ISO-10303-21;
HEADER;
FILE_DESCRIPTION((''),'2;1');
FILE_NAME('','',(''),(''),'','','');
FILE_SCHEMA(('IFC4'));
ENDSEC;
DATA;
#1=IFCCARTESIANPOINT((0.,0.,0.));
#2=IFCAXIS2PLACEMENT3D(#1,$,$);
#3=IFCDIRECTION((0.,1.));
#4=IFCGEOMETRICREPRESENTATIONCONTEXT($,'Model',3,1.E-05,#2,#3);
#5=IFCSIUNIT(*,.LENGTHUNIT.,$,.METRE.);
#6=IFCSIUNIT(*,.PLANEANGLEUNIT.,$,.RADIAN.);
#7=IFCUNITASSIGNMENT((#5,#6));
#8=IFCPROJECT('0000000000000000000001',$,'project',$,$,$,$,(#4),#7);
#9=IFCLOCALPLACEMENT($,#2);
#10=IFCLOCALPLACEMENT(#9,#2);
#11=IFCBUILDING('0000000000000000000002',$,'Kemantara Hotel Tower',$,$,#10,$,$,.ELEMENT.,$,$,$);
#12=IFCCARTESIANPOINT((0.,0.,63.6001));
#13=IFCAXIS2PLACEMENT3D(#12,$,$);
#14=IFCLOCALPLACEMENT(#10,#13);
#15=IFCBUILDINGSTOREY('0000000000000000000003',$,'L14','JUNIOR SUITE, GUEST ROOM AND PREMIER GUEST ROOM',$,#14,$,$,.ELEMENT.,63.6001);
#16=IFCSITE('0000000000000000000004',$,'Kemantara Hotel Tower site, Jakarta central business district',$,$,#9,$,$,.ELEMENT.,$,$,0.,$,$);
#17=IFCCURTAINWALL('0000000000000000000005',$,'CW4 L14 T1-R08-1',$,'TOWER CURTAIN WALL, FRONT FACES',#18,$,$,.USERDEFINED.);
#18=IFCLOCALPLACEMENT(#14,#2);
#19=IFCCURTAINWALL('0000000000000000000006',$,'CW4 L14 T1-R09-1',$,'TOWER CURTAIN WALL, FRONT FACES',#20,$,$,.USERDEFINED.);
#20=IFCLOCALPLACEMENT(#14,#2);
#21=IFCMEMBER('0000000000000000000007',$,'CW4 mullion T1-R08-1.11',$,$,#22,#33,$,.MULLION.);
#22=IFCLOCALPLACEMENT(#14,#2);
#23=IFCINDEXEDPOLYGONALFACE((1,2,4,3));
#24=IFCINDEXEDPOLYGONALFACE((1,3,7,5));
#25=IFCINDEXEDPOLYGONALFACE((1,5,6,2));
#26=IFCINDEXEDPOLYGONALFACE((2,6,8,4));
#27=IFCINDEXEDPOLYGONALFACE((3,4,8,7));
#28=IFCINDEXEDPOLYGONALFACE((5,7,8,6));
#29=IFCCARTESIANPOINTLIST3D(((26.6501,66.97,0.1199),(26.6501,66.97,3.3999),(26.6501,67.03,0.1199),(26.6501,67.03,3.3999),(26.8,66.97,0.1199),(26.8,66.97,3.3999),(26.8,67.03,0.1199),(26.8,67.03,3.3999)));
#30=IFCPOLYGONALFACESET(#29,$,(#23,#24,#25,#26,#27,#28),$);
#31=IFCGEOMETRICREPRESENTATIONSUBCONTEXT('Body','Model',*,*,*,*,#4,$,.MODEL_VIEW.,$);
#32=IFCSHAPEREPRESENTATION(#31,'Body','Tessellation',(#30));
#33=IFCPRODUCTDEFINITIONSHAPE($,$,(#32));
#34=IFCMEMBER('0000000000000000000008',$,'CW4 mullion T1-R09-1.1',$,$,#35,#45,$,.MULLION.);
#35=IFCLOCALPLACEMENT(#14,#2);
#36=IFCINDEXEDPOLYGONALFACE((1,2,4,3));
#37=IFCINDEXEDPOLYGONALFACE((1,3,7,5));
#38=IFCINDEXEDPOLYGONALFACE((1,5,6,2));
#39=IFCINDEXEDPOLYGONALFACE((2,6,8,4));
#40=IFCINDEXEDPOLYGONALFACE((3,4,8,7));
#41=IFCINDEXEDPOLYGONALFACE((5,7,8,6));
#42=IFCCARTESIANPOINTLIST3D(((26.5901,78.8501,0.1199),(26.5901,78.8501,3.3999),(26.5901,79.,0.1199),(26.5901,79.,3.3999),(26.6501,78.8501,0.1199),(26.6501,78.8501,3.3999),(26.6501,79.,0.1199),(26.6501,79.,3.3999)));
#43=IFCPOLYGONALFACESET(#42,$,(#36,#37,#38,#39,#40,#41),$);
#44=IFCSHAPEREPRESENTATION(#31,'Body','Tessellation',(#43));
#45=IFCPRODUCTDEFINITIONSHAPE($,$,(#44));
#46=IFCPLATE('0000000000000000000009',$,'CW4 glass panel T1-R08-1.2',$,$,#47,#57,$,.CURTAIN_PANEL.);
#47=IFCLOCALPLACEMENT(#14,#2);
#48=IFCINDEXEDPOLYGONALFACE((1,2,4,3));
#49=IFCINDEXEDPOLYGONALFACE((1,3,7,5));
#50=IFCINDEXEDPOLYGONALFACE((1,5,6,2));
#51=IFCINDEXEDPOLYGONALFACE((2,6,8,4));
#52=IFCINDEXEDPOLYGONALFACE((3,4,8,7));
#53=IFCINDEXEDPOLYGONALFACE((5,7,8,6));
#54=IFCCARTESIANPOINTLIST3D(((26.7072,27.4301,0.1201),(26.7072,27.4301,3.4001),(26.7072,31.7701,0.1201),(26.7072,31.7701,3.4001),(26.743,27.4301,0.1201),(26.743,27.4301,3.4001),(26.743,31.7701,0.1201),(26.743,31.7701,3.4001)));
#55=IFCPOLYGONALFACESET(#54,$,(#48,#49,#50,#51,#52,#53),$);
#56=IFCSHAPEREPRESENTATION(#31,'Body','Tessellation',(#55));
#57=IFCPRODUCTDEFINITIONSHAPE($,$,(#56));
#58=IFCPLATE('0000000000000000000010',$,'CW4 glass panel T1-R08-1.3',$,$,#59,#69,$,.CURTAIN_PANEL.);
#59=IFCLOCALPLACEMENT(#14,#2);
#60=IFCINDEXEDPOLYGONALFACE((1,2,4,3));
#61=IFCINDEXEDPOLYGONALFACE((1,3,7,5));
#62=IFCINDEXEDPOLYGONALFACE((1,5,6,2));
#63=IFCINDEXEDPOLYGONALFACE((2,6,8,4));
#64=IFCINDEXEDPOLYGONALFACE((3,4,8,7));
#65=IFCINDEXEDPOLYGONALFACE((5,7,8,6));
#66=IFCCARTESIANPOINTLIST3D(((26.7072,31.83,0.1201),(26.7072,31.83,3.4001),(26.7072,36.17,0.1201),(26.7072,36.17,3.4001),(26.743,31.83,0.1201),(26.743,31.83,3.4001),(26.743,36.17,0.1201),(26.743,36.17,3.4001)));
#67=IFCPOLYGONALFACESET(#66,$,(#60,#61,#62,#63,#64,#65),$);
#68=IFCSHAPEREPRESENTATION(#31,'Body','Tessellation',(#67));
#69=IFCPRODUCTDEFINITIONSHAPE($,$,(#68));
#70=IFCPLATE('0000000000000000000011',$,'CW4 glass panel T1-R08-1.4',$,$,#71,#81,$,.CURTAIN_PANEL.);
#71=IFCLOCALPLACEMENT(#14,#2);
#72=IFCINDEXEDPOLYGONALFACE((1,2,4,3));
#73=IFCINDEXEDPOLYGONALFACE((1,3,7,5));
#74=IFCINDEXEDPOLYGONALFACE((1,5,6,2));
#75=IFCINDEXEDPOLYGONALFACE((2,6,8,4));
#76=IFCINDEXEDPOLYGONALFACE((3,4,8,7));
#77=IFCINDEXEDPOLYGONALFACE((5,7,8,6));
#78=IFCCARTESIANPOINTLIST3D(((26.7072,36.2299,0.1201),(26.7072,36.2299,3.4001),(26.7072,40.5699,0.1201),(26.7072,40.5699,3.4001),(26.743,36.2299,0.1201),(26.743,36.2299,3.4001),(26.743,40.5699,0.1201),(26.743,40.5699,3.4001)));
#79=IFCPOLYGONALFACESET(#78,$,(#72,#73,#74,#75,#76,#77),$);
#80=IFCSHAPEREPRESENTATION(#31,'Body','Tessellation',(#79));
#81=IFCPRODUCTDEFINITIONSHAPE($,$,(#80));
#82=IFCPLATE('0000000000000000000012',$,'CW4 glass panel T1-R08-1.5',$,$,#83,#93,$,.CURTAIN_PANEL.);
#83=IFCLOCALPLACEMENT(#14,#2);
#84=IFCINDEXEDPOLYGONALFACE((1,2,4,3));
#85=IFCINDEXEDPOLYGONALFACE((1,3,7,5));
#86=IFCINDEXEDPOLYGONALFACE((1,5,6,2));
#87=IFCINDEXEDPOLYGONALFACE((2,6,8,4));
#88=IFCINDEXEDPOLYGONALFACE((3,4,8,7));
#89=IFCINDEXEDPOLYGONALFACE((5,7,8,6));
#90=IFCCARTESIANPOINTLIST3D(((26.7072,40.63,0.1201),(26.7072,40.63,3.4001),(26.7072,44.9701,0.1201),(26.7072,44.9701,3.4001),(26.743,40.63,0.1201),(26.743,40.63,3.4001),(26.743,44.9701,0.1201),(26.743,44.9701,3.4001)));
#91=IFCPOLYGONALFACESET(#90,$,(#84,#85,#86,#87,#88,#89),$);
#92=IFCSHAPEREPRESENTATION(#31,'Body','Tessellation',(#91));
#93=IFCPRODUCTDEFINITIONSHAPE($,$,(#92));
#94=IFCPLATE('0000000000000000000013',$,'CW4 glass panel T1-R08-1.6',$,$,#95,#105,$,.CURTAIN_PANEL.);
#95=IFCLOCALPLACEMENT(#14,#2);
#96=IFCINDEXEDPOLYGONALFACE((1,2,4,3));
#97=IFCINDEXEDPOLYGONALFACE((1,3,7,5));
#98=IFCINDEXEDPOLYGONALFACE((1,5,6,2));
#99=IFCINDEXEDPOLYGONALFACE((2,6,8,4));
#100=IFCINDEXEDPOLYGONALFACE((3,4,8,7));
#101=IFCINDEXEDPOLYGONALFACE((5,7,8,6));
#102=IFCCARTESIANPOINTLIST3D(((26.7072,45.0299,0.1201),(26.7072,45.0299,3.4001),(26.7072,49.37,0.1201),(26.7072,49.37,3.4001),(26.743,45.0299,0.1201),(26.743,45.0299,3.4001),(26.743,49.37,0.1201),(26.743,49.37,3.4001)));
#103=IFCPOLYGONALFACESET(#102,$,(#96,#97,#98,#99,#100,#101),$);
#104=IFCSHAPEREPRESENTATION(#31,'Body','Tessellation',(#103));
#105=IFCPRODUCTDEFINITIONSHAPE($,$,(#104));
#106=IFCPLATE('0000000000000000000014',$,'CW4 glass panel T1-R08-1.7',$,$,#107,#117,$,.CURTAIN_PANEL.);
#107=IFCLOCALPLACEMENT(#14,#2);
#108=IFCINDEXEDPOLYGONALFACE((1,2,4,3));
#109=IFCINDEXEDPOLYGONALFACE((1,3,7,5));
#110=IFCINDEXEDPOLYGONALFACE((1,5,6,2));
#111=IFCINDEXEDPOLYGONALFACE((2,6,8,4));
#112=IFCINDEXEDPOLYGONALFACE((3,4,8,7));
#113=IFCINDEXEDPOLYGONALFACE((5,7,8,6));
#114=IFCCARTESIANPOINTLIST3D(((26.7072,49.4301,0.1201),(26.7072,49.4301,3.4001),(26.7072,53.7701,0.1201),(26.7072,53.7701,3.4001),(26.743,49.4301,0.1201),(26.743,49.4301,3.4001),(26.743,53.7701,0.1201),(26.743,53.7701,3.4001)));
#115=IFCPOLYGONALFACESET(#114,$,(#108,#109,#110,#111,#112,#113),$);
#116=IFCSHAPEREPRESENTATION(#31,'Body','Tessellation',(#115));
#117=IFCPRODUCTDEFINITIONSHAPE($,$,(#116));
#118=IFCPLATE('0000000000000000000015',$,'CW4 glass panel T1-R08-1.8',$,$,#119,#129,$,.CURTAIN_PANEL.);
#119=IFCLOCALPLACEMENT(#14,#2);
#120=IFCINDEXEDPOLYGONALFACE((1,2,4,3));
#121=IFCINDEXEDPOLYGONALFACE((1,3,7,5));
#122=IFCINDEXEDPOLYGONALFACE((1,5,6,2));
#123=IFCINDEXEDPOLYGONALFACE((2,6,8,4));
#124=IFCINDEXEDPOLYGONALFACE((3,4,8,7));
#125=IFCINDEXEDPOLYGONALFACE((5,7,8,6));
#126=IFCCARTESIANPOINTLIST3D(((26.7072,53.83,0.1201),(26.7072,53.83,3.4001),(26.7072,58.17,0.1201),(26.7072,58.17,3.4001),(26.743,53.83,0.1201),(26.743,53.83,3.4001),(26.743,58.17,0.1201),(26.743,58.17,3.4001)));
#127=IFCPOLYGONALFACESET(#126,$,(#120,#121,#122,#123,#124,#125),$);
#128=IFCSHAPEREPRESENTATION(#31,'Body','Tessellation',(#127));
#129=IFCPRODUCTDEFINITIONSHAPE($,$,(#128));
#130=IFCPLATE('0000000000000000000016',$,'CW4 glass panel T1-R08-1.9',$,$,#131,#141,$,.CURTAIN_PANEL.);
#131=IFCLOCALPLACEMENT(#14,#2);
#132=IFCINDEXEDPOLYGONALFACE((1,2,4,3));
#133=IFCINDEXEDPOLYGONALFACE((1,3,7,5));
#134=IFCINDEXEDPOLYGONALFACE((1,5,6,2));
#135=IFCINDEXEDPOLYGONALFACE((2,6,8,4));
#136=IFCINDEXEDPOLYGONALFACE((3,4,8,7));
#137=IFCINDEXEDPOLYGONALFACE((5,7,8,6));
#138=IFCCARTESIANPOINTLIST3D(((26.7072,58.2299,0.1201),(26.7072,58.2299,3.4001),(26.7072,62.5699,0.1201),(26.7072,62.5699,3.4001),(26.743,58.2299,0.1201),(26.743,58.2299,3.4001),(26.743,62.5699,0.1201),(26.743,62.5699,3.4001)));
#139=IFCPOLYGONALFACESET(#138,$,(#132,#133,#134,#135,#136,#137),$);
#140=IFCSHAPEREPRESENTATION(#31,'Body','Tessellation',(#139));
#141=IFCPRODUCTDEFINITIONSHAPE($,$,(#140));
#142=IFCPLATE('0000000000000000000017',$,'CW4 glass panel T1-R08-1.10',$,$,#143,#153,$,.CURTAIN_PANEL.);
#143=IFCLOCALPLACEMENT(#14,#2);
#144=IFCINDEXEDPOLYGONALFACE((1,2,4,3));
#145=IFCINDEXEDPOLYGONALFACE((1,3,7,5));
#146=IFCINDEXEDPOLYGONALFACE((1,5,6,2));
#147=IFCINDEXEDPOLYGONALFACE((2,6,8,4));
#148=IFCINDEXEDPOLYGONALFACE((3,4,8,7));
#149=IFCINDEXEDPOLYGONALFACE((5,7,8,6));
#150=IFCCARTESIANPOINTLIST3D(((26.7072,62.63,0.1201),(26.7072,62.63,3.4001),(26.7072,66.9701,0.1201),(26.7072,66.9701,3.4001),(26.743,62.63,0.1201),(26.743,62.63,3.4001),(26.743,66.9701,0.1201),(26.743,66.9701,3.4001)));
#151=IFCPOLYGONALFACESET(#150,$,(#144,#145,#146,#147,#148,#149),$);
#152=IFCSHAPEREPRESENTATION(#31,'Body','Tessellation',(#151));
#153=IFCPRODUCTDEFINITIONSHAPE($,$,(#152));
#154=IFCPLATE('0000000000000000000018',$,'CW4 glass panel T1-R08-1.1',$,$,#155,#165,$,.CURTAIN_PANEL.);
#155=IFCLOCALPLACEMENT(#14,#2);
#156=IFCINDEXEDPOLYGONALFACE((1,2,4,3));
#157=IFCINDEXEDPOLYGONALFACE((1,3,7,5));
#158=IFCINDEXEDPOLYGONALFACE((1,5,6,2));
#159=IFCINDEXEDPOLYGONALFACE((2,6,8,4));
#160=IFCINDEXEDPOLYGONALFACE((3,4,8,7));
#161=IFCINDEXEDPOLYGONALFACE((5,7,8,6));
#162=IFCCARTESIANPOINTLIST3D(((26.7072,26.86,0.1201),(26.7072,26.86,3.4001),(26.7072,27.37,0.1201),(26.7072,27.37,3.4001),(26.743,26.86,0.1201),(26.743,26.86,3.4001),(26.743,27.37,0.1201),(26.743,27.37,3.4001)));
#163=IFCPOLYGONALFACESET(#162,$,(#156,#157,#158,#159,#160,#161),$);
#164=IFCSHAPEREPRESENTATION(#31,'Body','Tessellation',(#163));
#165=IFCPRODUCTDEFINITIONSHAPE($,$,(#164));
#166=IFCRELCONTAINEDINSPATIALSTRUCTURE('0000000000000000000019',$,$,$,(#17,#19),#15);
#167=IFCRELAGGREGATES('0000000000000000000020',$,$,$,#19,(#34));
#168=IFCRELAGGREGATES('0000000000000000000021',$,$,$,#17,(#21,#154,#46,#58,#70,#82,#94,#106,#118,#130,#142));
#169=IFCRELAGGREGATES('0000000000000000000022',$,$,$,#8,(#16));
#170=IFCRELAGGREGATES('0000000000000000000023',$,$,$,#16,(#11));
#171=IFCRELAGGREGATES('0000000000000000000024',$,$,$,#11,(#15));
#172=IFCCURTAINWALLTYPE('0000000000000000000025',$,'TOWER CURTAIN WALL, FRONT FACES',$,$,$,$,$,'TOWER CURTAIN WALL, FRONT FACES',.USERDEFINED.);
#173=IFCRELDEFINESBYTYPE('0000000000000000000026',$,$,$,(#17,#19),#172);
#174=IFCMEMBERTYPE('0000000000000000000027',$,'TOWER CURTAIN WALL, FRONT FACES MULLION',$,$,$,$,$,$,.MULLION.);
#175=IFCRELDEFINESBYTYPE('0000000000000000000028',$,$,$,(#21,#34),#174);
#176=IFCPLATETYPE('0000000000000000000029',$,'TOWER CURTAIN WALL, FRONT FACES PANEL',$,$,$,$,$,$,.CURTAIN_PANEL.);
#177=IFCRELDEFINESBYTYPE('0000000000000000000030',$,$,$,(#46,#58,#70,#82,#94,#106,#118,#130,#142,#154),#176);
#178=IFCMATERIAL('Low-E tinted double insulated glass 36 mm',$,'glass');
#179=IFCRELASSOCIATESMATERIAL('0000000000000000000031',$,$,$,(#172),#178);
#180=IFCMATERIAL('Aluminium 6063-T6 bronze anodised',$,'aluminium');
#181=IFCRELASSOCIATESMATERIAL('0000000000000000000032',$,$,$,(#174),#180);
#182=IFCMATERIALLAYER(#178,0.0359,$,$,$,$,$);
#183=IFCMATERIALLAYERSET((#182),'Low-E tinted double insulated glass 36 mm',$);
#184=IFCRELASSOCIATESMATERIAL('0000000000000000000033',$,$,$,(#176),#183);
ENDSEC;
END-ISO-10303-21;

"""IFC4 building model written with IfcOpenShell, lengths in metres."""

from ifc_helpers import new_model, si_unit, direction, frame, origin, origin_2d, place, context, subcontext, project, spatial, rectangle, extrude, source, transform, mapped, material, layer, layer_set, material_profile, profile_set, type_object, element, aggregate, save


model = new_model("IFC4")

# Units and contexts
model_context = context("Model", 3, precision=1e-05, world=origin(), true_north=direction((0.0, 1.0)))
body_context = subcontext(model_context, "Body", "Model", "MODEL_VIEW")
ifc_project = project(units=[si_unit("LENGTHUNIT", "METRE"), si_unit("PLANEANGLEUNIT", "RADIAN")], contexts=[model_context])

# Site, building, storey
site_placement = place(None, origin())
site = spatial("IfcSite", under=ifc_project, at=site_placement, Name="Kemantara Hotel Tower site, Jakarta central business district", CompositionType="ELEMENT", RefElevation=0.0)
building_placement = place(site_placement, origin())
building = spatial("IfcBuilding", under=site, at=building_placement, Name="Kemantara Hotel Tower", CompositionType="ELEMENT")
storey_placement = place(building_placement, frame((0.0, 0.0, 63.6001)))
storey = spatial("IfcBuildingStorey", under=building, at=storey_placement, Name="L14", Description="JUNIOR SUITE, GUEST ROOM AND PREMIER GUEST ROOM", CompositionType="ELEMENT", Elevation=63.6001)

# Curtain walls
ifc_material_1 = material(Name="Low-E tinted double insulated glass 36 mm", Category="glass")
curtain_wall_type = type_object("IfcCurtainWallType", Name="TOWER CURTAIN WALL, FRONT FACES", ElementType="TOWER CURTAIN WALL, FRONT FACES", PredefinedType="USERDEFINED", material=ifc_material_1)
curtain_wall_1_placement = place(storey_placement, origin())
curtain_wall_1 = element("IfcCurtainWall", 1, at=curtain_wall_1_placement, inside=storey, type_object=curtain_wall_type, Name="CW4 L14 T1-R08-1", ObjectType="TOWER CURTAIN WALL, FRONT FACES", PredefinedType="USERDEFINED")
ifc_material_2 = material(Name="Aluminium 6063-T6 bronze anodised", Category="aluminium")
curtain_wall_2_placement = place(storey_placement, origin())
curtain_wall_2 = element("IfcCurtainWall", 2, at=curtain_wall_2_placement, inside=storey, type_object=curtain_wall_type, Name="CW4 L14 T1-R09-1", ObjectType="TOWER CURTAIN WALL, FRONT FACES", PredefinedType="USERDEFINED")

# Members
ifc_material_profile_1 = material_profile(ifc_material_2, rectangle(XDim=0.1499, YDim=0.0601, at=origin_2d()), Name="TOWER CURTAIN WALL, FRONT FACES MULLION")
ifc_profile_set_1 = profile_set([ifc_material_profile_1], Name="Aluminium 6063-T6 bronze anodised")
member_type_1 = type_object("IfcMemberType", Name="TOWER CURTAIN WALL, FRONT FACES MULLION", PredefinedType="MULLION", material=ifc_profile_set_1)
shared_shape_1 = source(origin(), body_context, "Body", "SweptSolid", [
    extrude(rectangle(XDim=0.1499, YDim=0.0601, at=origin_2d()), origin(), (0.0, 0.0, 1.0), 3.28),
])
member_1_placement = place(storey_placement, frame((26.7251, 67.0, 0.1199), z_axis=(0.0, 0.0, 1.0), x_axis=(-1.0, 0.0, 0.0)))
member_1 = element("IfcMember", 3, at=member_1_placement, type_object=member_type_1, Name="CW4 mullion T1-R08-1.11", PredefinedType="MULLION", context=body_context, shape_type="MappedRepresentation", body=[
    mapped(shared_shape_1, transform((0.0, 0.0, 0.0))),
])
member_2_placement = place(storey_placement, frame((26.6201, 78.925, 0.1199), z_axis=(0.0, 0.0, 1.0), x_axis=(0.0, -1.0, 0.0)))
member_2 = element("IfcMember", 4, at=member_2_placement, type_object=member_type_1, Name="CW4 mullion T1-R09-1.1", PredefinedType="MULLION", context=body_context, shape_type="MappedRepresentation", body=[
    mapped(shared_shape_1, transform((0.0, 0.0, 0.0))),
])
aggregate(curtain_wall_2, [member_2])

# Plates
ifc_layer = layer(ifc_material_1, 0.0359)
ifc_layer_set = layer_set([ifc_layer], Name="Low-E tinted double insulated glass 36 mm")
plate_type = type_object("IfcPlateType", Name="TOWER CURTAIN WALL, FRONT FACES PANEL", PredefinedType="CURTAIN_PANEL", material=ifc_layer_set)
shared_shape_2 = source(origin(), body_context, "Body", "SweptSolid", [
    extrude(rectangle(XDim=4.3401, YDim=0.0359, at=origin_2d()), origin(), (0.0, 0.0, 1.0), 3.28),
])
plate_1_placement = place(storey_placement, frame((26.7251, 29.6001, 0.1201), z_axis=(0.0, 0.0, 1.0), x_axis=(0.0, 1.0, 0.0)))
plate_1 = element("IfcPlate", 5, at=plate_1_placement, type_object=plate_type, Name="CW4 glass panel T1-R08-1.2", PredefinedType="CURTAIN_PANEL", context=body_context, shape_type="MappedRepresentation", body=[
    mapped(shared_shape_2, transform((0.0, 0.0, 0.0))),
])
plate_2_placement = place(storey_placement, frame((26.7251, 34.0, 0.1201), z_axis=(0.0, 0.0, 1.0), x_axis=(0.0, 1.0, 0.0)))
plate_2 = element("IfcPlate", 6, at=plate_2_placement, type_object=plate_type, Name="CW4 glass panel T1-R08-1.3", PredefinedType="CURTAIN_PANEL", context=body_context, shape_type="MappedRepresentation", body=[
    mapped(shared_shape_2, transform((0.0, 0.0, 0.0))),
])
plate_3_placement = place(storey_placement, frame((26.7251, 38.3999, 0.1201), z_axis=(0.0, 0.0, 1.0), x_axis=(0.0, 1.0, 0.0)))
plate_3 = element("IfcPlate", 7, at=plate_3_placement, type_object=plate_type, Name="CW4 glass panel T1-R08-1.4", PredefinedType="CURTAIN_PANEL", context=body_context, shape_type="MappedRepresentation", body=[
    mapped(shared_shape_2, transform((0.0, 0.0, 0.0))),
])
plate_4_placement = place(storey_placement, frame((26.7251, 42.8, 0.1201), z_axis=(0.0, 0.0, 1.0), x_axis=(0.0, 1.0, 0.0)))
plate_4 = element("IfcPlate", 8, at=plate_4_placement, type_object=plate_type, Name="CW4 glass panel T1-R08-1.5", PredefinedType="CURTAIN_PANEL", context=body_context, shape_type="MappedRepresentation", body=[
    mapped(shared_shape_2, transform((0.0, 0.0, 0.0))),
])
plate_5_placement = place(storey_placement, frame((26.7251, 47.2, 0.1201), z_axis=(0.0, 0.0, 1.0), x_axis=(0.0, 1.0, 0.0)))
plate_5 = element("IfcPlate", 9, at=plate_5_placement, type_object=plate_type, Name="CW4 glass panel T1-R08-1.6", PredefinedType="CURTAIN_PANEL", context=body_context, shape_type="MappedRepresentation", body=[
    mapped(shared_shape_2, transform((0.0, 0.0, 0.0))),
])
plate_6_placement = place(storey_placement, frame((26.7251, 51.6001, 0.1201), z_axis=(0.0, 0.0, 1.0), x_axis=(0.0, 1.0, 0.0)))
plate_6 = element("IfcPlate", 10, at=plate_6_placement, type_object=plate_type, Name="CW4 glass panel T1-R08-1.7", PredefinedType="CURTAIN_PANEL", context=body_context, shape_type="MappedRepresentation", body=[
    mapped(shared_shape_2, transform((0.0, 0.0, 0.0))),
])
plate_7_placement = place(storey_placement, frame((26.7251, 56.0, 0.1201), z_axis=(0.0, 0.0, 1.0), x_axis=(0.0, 1.0, 0.0)))
plate_7 = element("IfcPlate", 11, at=plate_7_placement, type_object=plate_type, Name="CW4 glass panel T1-R08-1.8", PredefinedType="CURTAIN_PANEL", context=body_context, shape_type="MappedRepresentation", body=[
    mapped(shared_shape_2, transform((0.0, 0.0, 0.0))),
])
plate_8_placement = place(storey_placement, frame((26.7251, 60.3999, 0.1201), z_axis=(0.0, 0.0, 1.0), x_axis=(0.0, 1.0, 0.0)))
plate_8 = element("IfcPlate", 12, at=plate_8_placement, type_object=plate_type, Name="CW4 glass panel T1-R08-1.9", PredefinedType="CURTAIN_PANEL", context=body_context, shape_type="MappedRepresentation", body=[
    mapped(shared_shape_2, transform((0.0, 0.0, 0.0))),
])
plate_9_placement = place(storey_placement, frame((26.7251, 64.8, 0.1201), z_axis=(0.0, 0.0, 1.0), x_axis=(0.0, 1.0, 0.0)))
plate_9 = element("IfcPlate", 13, at=plate_9_placement, type_object=plate_type, Name="CW4 glass panel T1-R08-1.10", PredefinedType="CURTAIN_PANEL", context=body_context, shape_type="MappedRepresentation", body=[
    mapped(shared_shape_2, transform((0.0, 0.0, 0.0))),
])
shared_shape_3 = source(origin(), body_context, "Body", "SweptSolid", [
    extrude(rectangle(XDim=0.51, YDim=0.0359, at=origin_2d()), origin(), (0.0, 0.0, 1.0), 3.28),
])
plate_10_placement = place(storey_placement, frame((26.7251, 27.115, 0.1201), z_axis=(0.0, 0.0, 1.0), x_axis=(0.0, 1.0, 0.0)))
plate_10 = element("IfcPlate", 14, at=plate_10_placement, type_object=plate_type, Name="CW4 glass panel T1-R08-1.1", PredefinedType="CURTAIN_PANEL", context=body_context, shape_type="MappedRepresentation", body=[
    mapped(shared_shape_3, transform((0.0, 0.0, 0.0))),
])
aggregate(curtain_wall_1, [member_1, plate_10, plate_1, plate_2, plate_3, plate_4, plate_5, plate_6, plate_7, plate_8, plate_9])

save(model, "model.ifc")
